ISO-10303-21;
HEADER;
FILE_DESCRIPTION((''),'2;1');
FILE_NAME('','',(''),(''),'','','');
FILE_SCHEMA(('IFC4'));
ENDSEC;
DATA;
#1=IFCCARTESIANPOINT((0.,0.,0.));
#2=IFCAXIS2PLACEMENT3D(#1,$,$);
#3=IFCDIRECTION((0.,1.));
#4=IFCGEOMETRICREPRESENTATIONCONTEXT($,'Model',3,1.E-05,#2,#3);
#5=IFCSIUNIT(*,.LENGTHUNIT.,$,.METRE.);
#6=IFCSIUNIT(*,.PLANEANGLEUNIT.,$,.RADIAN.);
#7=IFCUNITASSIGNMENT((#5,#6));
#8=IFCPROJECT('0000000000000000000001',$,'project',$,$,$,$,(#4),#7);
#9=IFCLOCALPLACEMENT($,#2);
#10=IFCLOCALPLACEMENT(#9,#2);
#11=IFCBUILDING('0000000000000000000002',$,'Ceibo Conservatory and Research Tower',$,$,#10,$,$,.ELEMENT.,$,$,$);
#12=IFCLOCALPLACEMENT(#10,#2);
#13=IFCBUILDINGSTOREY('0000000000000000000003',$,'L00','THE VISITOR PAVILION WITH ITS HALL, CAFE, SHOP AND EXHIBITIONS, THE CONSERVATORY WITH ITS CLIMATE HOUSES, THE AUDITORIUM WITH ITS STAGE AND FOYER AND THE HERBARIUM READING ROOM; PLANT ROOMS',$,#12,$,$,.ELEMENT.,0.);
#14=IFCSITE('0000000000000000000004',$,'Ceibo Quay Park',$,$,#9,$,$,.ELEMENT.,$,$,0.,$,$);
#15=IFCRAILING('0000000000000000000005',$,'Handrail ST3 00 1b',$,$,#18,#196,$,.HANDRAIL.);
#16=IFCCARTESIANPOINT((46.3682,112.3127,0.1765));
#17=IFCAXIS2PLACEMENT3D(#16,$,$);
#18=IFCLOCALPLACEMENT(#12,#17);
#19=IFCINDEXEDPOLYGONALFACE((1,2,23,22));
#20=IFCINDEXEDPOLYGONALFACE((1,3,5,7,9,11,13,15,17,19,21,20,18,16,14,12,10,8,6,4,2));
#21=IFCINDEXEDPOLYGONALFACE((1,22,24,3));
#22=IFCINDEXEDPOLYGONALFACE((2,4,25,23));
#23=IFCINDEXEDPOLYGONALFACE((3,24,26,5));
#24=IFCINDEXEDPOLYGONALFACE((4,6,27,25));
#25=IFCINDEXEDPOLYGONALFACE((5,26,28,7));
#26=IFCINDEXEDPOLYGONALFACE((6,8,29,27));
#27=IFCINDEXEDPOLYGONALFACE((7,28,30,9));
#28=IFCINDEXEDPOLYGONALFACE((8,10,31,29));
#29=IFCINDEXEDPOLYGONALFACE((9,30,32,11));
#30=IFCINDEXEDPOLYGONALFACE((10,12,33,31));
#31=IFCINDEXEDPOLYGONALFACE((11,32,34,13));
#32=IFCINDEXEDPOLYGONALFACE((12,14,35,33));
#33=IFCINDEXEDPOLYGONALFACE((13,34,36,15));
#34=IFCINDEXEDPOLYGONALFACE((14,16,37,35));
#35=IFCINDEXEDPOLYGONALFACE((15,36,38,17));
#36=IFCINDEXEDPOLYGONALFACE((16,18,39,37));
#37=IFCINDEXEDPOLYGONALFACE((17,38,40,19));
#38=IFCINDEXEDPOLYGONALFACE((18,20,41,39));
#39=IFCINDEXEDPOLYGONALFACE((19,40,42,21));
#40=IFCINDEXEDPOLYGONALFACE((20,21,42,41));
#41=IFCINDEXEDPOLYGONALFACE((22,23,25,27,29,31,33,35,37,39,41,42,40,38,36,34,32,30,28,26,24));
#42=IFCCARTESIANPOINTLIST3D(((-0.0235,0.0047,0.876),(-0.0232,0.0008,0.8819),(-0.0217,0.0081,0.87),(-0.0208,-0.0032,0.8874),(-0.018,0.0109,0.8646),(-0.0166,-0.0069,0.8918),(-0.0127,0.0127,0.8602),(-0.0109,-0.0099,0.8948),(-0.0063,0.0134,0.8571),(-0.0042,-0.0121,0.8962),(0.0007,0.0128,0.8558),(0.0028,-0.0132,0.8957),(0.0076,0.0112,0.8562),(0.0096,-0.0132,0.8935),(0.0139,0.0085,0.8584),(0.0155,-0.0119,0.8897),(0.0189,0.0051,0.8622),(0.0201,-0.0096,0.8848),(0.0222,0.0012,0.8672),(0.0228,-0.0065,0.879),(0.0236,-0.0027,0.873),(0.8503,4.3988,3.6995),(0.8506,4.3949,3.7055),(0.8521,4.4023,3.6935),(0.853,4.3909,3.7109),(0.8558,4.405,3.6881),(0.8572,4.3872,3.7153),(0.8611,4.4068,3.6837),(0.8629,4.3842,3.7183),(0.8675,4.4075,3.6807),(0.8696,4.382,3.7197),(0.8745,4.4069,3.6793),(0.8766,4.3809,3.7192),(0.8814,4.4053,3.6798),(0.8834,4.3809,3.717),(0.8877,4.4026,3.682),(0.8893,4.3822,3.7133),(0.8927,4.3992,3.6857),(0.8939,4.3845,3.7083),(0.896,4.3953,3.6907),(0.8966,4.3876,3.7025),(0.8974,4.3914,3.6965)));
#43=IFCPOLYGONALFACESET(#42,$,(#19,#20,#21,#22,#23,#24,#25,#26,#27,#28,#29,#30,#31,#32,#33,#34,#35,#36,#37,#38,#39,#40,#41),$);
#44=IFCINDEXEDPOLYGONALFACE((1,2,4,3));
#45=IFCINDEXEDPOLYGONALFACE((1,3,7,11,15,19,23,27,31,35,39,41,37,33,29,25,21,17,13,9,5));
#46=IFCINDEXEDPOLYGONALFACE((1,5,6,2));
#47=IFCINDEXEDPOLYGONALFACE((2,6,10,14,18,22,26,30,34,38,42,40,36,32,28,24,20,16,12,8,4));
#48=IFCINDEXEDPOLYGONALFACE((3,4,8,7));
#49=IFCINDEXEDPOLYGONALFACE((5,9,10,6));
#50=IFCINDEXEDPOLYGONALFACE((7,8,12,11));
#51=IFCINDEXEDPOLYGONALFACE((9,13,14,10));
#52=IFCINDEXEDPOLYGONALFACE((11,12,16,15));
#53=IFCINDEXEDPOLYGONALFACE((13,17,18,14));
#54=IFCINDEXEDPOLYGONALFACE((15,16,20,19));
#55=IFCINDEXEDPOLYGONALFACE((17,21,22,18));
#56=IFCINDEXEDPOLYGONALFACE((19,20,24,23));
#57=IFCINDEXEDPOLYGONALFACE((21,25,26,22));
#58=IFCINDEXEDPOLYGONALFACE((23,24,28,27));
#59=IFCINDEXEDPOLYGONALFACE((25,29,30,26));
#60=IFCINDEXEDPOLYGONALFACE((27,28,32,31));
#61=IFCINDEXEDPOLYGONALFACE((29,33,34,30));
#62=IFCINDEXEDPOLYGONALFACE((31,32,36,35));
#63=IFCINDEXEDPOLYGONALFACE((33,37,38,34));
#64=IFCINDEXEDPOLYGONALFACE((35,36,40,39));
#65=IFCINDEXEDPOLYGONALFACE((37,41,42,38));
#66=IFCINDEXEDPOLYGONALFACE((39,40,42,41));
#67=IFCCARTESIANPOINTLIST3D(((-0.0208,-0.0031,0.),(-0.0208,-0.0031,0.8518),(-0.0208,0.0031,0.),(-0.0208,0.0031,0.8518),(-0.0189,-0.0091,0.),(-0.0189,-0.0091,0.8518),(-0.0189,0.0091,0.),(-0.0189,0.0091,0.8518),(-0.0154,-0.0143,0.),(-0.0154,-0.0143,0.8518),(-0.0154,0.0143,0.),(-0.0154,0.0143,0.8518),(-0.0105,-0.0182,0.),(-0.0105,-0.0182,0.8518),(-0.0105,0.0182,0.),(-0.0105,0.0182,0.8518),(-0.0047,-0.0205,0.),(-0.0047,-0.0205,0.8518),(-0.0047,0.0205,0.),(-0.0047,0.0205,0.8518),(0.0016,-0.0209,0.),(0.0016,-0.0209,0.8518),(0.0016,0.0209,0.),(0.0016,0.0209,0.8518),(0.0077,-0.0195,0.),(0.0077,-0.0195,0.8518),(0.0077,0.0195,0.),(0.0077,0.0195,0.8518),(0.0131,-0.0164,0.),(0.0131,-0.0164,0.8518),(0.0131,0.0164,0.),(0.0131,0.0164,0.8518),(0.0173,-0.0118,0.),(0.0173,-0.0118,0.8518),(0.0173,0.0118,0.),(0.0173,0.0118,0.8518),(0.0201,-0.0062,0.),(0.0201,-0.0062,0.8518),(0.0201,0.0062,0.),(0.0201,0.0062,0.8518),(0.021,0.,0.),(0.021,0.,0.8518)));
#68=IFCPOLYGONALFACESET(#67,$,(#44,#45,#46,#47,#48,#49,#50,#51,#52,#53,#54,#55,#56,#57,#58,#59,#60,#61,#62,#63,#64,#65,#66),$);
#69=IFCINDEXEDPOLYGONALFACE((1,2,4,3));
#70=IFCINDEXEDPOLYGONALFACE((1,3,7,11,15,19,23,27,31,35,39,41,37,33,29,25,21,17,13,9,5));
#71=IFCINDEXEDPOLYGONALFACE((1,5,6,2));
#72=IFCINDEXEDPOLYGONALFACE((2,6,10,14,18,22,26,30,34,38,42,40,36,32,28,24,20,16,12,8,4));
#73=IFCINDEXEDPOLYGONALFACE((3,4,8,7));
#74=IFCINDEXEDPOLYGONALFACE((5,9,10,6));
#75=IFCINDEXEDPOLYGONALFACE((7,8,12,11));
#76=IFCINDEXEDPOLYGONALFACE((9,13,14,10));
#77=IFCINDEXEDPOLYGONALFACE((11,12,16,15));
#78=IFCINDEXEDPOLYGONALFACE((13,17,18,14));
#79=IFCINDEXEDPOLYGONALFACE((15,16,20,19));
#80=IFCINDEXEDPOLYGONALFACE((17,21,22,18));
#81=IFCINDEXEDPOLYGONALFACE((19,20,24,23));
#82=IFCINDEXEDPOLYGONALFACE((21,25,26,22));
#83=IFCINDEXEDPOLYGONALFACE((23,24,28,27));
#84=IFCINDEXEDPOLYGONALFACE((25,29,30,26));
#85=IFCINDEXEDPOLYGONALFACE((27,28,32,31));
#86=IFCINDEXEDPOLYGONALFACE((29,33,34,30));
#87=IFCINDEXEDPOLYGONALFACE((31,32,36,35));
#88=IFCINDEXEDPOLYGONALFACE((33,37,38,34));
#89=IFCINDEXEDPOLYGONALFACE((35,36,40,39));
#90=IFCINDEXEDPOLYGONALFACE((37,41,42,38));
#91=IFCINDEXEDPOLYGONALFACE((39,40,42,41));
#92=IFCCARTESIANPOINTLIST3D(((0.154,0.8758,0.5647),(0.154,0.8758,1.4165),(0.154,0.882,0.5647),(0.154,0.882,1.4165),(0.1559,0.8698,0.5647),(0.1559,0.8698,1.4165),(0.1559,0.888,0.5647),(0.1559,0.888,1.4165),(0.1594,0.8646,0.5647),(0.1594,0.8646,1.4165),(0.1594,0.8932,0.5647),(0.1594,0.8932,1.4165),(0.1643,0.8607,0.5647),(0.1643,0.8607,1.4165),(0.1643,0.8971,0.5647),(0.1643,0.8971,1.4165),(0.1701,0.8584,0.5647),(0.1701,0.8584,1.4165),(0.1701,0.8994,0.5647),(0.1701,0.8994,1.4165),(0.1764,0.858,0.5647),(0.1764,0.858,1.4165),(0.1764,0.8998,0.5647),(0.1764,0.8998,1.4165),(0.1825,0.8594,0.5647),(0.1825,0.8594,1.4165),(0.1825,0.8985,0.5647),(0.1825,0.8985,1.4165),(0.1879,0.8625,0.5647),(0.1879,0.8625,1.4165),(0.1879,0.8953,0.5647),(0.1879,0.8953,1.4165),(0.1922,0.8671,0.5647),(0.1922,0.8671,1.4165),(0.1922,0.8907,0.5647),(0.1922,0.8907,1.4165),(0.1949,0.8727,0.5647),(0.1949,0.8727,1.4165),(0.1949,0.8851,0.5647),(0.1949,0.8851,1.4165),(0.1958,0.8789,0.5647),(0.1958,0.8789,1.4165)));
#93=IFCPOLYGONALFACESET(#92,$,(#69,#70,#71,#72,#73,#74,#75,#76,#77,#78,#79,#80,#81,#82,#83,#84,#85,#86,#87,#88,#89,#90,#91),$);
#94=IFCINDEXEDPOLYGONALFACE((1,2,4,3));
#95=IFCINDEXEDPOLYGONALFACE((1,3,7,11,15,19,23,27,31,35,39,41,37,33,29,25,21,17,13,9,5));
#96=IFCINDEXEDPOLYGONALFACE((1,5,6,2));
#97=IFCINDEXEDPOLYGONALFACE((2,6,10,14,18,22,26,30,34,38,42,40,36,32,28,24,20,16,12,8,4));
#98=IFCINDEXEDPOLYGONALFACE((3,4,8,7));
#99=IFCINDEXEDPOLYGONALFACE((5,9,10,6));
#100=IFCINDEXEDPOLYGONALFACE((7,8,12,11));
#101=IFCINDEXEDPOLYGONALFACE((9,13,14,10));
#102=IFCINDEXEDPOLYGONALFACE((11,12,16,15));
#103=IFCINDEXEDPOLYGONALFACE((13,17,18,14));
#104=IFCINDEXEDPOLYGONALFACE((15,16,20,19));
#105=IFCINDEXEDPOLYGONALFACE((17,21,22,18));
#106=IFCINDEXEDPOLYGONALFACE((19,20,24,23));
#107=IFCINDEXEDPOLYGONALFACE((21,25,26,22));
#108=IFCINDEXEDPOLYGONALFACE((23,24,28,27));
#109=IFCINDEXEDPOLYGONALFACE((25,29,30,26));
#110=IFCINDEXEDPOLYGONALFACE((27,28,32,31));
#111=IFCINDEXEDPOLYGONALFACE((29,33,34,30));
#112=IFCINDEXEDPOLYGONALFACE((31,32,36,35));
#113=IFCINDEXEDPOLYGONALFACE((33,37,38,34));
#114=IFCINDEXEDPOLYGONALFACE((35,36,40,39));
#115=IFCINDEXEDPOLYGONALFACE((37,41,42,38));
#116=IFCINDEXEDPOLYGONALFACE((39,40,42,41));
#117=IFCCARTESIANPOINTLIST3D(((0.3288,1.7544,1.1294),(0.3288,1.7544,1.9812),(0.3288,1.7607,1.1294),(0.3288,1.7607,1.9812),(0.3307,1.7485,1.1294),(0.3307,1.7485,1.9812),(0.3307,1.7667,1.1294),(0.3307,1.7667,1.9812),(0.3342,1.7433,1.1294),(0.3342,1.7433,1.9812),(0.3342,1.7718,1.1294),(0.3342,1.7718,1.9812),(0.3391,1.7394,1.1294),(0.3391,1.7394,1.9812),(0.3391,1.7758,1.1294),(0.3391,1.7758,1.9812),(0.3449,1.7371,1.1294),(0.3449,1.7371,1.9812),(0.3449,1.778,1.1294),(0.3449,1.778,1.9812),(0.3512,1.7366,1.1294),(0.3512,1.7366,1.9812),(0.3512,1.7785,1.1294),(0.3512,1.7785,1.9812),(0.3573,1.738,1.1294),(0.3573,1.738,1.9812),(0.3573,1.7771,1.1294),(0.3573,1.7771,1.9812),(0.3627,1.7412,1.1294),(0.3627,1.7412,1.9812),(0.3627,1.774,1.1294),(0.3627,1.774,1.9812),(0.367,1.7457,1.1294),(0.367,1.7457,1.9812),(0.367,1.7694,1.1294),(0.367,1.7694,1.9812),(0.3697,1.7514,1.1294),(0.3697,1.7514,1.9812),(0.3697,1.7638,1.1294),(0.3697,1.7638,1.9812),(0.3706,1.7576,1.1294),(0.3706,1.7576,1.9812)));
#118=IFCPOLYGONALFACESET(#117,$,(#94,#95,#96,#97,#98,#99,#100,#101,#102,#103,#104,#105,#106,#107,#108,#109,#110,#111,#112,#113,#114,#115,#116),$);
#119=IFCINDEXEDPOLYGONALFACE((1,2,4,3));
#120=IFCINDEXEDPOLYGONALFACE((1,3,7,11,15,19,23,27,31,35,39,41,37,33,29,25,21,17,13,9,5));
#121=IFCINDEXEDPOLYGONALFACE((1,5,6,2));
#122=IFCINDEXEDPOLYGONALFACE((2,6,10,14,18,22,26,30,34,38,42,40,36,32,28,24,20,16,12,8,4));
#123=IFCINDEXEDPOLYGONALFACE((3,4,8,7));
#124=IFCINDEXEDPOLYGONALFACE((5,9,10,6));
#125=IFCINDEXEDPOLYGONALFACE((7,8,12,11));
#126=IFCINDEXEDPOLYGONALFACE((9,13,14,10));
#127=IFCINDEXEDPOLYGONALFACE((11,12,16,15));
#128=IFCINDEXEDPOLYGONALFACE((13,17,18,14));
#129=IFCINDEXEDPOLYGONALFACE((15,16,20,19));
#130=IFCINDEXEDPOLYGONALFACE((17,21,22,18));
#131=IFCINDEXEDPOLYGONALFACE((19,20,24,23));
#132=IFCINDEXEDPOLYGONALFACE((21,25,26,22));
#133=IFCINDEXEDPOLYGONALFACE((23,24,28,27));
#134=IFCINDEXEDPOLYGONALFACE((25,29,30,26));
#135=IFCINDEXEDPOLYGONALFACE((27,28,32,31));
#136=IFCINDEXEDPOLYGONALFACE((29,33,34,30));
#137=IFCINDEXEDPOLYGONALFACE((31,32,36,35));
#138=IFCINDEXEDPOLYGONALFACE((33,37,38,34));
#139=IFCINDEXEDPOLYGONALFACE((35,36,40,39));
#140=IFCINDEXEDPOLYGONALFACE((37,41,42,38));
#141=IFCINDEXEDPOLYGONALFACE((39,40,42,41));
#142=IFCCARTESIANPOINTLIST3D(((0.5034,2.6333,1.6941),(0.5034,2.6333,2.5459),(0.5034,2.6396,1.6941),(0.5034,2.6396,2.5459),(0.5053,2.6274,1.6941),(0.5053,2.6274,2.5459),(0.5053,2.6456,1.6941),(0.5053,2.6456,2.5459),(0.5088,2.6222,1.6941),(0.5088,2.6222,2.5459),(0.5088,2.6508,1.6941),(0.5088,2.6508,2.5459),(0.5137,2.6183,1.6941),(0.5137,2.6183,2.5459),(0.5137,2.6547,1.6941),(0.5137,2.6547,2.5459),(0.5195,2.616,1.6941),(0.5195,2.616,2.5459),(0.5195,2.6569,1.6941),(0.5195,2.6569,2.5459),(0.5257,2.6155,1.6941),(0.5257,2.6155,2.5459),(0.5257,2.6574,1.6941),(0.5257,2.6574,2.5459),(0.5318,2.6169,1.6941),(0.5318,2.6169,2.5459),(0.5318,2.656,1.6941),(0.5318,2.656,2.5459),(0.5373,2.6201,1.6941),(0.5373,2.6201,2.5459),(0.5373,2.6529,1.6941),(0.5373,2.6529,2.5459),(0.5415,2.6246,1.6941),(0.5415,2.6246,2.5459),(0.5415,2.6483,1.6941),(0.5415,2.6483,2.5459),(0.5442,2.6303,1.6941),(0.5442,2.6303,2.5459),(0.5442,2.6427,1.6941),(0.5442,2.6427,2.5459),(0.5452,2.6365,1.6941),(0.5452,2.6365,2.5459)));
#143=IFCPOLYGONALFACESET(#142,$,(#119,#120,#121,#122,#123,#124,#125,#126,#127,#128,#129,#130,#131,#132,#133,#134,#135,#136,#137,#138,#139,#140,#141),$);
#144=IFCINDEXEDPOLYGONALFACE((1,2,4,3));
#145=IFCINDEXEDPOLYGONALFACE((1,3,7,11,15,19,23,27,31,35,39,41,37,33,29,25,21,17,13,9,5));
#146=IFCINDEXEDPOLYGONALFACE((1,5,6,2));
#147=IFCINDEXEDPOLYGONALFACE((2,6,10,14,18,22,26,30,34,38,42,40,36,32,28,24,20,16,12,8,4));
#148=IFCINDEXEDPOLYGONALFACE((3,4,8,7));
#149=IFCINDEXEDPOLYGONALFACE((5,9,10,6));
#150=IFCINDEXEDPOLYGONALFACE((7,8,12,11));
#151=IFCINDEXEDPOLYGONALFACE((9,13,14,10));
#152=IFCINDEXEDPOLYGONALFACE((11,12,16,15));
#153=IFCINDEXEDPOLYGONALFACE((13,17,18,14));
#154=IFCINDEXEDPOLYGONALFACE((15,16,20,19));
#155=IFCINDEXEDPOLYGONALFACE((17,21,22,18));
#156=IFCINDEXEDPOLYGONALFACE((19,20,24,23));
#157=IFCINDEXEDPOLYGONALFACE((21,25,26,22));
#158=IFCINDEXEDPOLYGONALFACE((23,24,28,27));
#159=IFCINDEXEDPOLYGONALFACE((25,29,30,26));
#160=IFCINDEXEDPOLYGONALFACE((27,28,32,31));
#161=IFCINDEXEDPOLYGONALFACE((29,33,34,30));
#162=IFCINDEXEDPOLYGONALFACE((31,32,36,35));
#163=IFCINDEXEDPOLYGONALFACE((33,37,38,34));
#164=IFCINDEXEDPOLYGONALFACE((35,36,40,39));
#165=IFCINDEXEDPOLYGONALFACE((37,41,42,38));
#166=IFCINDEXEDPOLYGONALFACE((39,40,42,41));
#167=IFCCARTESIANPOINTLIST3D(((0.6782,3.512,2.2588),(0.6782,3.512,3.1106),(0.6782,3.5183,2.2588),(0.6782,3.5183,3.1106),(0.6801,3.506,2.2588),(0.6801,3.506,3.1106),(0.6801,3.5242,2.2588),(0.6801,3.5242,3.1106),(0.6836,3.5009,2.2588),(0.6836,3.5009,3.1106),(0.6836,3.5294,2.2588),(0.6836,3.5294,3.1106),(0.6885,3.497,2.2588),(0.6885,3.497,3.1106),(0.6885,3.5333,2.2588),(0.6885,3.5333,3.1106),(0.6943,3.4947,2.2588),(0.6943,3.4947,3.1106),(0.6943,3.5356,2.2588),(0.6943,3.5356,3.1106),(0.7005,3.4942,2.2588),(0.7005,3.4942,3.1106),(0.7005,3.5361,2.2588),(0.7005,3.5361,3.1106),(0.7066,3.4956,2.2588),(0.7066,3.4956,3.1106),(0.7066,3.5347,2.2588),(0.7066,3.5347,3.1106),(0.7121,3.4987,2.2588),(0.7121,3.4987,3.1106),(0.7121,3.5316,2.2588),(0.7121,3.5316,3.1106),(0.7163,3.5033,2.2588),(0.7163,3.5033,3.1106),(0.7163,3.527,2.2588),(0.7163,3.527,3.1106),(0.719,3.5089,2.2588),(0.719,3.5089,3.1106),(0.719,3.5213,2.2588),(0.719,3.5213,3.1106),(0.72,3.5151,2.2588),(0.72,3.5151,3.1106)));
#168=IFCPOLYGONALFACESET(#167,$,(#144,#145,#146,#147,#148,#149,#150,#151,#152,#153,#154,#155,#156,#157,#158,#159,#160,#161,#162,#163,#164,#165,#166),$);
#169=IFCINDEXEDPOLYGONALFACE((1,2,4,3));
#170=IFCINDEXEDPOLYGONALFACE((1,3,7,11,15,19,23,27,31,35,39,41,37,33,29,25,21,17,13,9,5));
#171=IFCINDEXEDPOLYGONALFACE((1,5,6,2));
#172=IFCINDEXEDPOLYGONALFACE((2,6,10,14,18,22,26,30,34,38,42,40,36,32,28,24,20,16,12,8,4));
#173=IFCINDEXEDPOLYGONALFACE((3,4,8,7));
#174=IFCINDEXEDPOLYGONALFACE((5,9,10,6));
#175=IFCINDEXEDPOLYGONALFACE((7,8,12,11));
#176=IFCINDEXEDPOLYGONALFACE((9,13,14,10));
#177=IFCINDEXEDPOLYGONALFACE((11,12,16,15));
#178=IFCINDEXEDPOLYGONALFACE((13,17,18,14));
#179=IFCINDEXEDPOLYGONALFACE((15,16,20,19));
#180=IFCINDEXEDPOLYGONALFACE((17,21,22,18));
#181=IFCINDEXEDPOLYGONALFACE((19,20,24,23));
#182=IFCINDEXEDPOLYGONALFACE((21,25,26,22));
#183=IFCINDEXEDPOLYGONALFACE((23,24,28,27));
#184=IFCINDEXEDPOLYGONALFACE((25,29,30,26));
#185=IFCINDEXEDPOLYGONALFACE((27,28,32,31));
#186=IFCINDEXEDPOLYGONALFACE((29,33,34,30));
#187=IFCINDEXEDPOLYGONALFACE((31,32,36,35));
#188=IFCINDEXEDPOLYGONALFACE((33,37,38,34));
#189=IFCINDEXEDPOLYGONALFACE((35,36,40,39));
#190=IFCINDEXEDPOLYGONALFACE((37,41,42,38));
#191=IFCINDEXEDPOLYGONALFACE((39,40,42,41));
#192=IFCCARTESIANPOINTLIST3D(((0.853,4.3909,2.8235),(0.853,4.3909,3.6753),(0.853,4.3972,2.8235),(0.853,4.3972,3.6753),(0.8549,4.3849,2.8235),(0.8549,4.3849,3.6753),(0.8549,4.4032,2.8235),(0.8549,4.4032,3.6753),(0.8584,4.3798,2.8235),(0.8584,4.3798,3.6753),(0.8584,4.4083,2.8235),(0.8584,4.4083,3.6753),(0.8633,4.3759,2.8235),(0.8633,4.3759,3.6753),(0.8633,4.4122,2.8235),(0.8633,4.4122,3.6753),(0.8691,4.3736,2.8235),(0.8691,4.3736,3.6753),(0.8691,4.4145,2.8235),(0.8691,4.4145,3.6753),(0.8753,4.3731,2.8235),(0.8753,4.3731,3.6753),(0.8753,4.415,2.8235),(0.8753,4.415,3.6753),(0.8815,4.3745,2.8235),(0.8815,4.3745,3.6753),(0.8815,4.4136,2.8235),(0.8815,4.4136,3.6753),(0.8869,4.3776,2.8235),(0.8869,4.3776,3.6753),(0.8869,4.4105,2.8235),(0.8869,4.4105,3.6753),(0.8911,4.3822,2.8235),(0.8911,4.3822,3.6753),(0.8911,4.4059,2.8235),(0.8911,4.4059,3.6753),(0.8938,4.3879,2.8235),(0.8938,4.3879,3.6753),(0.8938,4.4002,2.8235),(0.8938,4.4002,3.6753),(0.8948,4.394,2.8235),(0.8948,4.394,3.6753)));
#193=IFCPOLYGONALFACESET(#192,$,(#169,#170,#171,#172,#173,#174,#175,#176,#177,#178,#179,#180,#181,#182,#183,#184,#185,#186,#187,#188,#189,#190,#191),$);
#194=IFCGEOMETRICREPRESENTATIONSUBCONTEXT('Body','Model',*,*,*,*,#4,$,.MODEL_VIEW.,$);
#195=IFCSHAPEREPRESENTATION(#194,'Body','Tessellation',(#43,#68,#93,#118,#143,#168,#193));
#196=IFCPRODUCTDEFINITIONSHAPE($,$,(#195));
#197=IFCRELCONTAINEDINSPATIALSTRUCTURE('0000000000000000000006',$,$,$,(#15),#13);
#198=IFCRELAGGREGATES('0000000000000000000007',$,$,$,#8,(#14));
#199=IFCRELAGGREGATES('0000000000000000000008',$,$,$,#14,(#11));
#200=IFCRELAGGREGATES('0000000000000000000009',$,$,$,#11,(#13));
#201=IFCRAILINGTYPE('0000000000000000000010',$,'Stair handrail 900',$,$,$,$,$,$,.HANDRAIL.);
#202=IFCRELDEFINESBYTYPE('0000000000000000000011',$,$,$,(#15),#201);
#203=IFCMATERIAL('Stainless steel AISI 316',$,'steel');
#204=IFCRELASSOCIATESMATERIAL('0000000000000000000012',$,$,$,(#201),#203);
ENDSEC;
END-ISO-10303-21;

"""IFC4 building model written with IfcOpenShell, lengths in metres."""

from ifc_helpers import new_model, si_unit, direction, frame, origin, origin_2d, place, context, subcontext, project, spatial, circle, extrude, material, type_object, element, save


model = new_model("IFC4")

# Units and contexts
model_context = context("Model", 3, precision=1e-05, world=origin(), true_north=direction((0.0, 1.0)))
body_context = subcontext(model_context, "Body", "Model", "MODEL_VIEW")
ifc_project = project(units=[si_unit("LENGTHUNIT", "METRE"), si_unit("PLANEANGLEUNIT", "RADIAN")], contexts=[model_context])

# Site, building, storey
site_placement = place(None, origin())
site = spatial("IfcSite", under=ifc_project, at=site_placement, Name="Ceibo Quay Park", CompositionType="ELEMENT", RefElevation=0.0)
building_placement = place(site_placement, origin())
building = spatial("IfcBuilding", under=site, at=building_placement, Name="Ceibo Conservatory and Research Tower", CompositionType="ELEMENT")
storey_placement = place(building_placement, origin())
storey = spatial("IfcBuildingStorey", under=building, at=storey_placement, Name="L00", Description="THE VISITOR PAVILION WITH ITS HALL, CAFE, SHOP AND EXHIBITIONS, THE CONSERVATORY WITH ITS CLIMATE HOUSES, THE AUDITORIUM WITH ITS STAGE AND FOYER AND THE HERBARIUM READING ROOM; PLANT ROOMS", CompositionType="ELEMENT", Elevation=0.0)

# Railing
ifc_material_1 = material(Name="Stainless steel AISI 316", Category="steel")
railing_type = type_object("IfcRailingType", Name="Stair handrail 900", PredefinedType="HANDRAIL", material=ifc_material_1)
railing_1_placement = place(storey_placement, frame((46.3682, 112.3127, 0.1765)))
element("IfcRailing", 1, at=railing_1_placement, inside=storey, type_object=railing_type, Name="Handrail ST3 00 1b", PredefinedType="HANDRAIL", context=body_context, shape_type="SweptSolid", body=[
    extrude(circle(Radius=0.0239, at=origin_2d()), frame((0.0, 0.0, 0.876), z_axis=(0.165002, 0.829757, 0.533178), x_axis=(-0.980796, 0.195037, 0.0)), (0.0, 0.0, 1.0), 5.2957),
    extrude(circle(Radius=0.021, at=origin_2d()), origin(), (0.0, 0.0, 1.0), 0.8518),
    extrude(circle(Radius=0.021, at=origin_2d()), frame((0.1748, 0.8789, 0.5647)), (0.0, 0.0, 1.0), 0.8518),
    extrude(circle(Radius=0.021, at=origin_2d()), frame((0.3496, 1.7576, 1.1294)), (0.0, 0.0, 1.0), 0.8518),
    extrude(circle(Radius=0.021, at=origin_2d()), frame((0.5242, 2.6365, 1.6941)), (0.0, 0.0, 1.0), 0.8518),
    extrude(circle(Radius=0.021, at=origin_2d()), frame((0.699, 3.5151, 2.2588)), (0.0, 0.0, 1.0), 0.8518),
    extrude(circle(Radius=0.021, at=origin_2d()), frame((0.8738, 4.394, 2.8235)), (0.0, 0.0, 1.0), 0.8518),
])

save(model, "model.ifc")
